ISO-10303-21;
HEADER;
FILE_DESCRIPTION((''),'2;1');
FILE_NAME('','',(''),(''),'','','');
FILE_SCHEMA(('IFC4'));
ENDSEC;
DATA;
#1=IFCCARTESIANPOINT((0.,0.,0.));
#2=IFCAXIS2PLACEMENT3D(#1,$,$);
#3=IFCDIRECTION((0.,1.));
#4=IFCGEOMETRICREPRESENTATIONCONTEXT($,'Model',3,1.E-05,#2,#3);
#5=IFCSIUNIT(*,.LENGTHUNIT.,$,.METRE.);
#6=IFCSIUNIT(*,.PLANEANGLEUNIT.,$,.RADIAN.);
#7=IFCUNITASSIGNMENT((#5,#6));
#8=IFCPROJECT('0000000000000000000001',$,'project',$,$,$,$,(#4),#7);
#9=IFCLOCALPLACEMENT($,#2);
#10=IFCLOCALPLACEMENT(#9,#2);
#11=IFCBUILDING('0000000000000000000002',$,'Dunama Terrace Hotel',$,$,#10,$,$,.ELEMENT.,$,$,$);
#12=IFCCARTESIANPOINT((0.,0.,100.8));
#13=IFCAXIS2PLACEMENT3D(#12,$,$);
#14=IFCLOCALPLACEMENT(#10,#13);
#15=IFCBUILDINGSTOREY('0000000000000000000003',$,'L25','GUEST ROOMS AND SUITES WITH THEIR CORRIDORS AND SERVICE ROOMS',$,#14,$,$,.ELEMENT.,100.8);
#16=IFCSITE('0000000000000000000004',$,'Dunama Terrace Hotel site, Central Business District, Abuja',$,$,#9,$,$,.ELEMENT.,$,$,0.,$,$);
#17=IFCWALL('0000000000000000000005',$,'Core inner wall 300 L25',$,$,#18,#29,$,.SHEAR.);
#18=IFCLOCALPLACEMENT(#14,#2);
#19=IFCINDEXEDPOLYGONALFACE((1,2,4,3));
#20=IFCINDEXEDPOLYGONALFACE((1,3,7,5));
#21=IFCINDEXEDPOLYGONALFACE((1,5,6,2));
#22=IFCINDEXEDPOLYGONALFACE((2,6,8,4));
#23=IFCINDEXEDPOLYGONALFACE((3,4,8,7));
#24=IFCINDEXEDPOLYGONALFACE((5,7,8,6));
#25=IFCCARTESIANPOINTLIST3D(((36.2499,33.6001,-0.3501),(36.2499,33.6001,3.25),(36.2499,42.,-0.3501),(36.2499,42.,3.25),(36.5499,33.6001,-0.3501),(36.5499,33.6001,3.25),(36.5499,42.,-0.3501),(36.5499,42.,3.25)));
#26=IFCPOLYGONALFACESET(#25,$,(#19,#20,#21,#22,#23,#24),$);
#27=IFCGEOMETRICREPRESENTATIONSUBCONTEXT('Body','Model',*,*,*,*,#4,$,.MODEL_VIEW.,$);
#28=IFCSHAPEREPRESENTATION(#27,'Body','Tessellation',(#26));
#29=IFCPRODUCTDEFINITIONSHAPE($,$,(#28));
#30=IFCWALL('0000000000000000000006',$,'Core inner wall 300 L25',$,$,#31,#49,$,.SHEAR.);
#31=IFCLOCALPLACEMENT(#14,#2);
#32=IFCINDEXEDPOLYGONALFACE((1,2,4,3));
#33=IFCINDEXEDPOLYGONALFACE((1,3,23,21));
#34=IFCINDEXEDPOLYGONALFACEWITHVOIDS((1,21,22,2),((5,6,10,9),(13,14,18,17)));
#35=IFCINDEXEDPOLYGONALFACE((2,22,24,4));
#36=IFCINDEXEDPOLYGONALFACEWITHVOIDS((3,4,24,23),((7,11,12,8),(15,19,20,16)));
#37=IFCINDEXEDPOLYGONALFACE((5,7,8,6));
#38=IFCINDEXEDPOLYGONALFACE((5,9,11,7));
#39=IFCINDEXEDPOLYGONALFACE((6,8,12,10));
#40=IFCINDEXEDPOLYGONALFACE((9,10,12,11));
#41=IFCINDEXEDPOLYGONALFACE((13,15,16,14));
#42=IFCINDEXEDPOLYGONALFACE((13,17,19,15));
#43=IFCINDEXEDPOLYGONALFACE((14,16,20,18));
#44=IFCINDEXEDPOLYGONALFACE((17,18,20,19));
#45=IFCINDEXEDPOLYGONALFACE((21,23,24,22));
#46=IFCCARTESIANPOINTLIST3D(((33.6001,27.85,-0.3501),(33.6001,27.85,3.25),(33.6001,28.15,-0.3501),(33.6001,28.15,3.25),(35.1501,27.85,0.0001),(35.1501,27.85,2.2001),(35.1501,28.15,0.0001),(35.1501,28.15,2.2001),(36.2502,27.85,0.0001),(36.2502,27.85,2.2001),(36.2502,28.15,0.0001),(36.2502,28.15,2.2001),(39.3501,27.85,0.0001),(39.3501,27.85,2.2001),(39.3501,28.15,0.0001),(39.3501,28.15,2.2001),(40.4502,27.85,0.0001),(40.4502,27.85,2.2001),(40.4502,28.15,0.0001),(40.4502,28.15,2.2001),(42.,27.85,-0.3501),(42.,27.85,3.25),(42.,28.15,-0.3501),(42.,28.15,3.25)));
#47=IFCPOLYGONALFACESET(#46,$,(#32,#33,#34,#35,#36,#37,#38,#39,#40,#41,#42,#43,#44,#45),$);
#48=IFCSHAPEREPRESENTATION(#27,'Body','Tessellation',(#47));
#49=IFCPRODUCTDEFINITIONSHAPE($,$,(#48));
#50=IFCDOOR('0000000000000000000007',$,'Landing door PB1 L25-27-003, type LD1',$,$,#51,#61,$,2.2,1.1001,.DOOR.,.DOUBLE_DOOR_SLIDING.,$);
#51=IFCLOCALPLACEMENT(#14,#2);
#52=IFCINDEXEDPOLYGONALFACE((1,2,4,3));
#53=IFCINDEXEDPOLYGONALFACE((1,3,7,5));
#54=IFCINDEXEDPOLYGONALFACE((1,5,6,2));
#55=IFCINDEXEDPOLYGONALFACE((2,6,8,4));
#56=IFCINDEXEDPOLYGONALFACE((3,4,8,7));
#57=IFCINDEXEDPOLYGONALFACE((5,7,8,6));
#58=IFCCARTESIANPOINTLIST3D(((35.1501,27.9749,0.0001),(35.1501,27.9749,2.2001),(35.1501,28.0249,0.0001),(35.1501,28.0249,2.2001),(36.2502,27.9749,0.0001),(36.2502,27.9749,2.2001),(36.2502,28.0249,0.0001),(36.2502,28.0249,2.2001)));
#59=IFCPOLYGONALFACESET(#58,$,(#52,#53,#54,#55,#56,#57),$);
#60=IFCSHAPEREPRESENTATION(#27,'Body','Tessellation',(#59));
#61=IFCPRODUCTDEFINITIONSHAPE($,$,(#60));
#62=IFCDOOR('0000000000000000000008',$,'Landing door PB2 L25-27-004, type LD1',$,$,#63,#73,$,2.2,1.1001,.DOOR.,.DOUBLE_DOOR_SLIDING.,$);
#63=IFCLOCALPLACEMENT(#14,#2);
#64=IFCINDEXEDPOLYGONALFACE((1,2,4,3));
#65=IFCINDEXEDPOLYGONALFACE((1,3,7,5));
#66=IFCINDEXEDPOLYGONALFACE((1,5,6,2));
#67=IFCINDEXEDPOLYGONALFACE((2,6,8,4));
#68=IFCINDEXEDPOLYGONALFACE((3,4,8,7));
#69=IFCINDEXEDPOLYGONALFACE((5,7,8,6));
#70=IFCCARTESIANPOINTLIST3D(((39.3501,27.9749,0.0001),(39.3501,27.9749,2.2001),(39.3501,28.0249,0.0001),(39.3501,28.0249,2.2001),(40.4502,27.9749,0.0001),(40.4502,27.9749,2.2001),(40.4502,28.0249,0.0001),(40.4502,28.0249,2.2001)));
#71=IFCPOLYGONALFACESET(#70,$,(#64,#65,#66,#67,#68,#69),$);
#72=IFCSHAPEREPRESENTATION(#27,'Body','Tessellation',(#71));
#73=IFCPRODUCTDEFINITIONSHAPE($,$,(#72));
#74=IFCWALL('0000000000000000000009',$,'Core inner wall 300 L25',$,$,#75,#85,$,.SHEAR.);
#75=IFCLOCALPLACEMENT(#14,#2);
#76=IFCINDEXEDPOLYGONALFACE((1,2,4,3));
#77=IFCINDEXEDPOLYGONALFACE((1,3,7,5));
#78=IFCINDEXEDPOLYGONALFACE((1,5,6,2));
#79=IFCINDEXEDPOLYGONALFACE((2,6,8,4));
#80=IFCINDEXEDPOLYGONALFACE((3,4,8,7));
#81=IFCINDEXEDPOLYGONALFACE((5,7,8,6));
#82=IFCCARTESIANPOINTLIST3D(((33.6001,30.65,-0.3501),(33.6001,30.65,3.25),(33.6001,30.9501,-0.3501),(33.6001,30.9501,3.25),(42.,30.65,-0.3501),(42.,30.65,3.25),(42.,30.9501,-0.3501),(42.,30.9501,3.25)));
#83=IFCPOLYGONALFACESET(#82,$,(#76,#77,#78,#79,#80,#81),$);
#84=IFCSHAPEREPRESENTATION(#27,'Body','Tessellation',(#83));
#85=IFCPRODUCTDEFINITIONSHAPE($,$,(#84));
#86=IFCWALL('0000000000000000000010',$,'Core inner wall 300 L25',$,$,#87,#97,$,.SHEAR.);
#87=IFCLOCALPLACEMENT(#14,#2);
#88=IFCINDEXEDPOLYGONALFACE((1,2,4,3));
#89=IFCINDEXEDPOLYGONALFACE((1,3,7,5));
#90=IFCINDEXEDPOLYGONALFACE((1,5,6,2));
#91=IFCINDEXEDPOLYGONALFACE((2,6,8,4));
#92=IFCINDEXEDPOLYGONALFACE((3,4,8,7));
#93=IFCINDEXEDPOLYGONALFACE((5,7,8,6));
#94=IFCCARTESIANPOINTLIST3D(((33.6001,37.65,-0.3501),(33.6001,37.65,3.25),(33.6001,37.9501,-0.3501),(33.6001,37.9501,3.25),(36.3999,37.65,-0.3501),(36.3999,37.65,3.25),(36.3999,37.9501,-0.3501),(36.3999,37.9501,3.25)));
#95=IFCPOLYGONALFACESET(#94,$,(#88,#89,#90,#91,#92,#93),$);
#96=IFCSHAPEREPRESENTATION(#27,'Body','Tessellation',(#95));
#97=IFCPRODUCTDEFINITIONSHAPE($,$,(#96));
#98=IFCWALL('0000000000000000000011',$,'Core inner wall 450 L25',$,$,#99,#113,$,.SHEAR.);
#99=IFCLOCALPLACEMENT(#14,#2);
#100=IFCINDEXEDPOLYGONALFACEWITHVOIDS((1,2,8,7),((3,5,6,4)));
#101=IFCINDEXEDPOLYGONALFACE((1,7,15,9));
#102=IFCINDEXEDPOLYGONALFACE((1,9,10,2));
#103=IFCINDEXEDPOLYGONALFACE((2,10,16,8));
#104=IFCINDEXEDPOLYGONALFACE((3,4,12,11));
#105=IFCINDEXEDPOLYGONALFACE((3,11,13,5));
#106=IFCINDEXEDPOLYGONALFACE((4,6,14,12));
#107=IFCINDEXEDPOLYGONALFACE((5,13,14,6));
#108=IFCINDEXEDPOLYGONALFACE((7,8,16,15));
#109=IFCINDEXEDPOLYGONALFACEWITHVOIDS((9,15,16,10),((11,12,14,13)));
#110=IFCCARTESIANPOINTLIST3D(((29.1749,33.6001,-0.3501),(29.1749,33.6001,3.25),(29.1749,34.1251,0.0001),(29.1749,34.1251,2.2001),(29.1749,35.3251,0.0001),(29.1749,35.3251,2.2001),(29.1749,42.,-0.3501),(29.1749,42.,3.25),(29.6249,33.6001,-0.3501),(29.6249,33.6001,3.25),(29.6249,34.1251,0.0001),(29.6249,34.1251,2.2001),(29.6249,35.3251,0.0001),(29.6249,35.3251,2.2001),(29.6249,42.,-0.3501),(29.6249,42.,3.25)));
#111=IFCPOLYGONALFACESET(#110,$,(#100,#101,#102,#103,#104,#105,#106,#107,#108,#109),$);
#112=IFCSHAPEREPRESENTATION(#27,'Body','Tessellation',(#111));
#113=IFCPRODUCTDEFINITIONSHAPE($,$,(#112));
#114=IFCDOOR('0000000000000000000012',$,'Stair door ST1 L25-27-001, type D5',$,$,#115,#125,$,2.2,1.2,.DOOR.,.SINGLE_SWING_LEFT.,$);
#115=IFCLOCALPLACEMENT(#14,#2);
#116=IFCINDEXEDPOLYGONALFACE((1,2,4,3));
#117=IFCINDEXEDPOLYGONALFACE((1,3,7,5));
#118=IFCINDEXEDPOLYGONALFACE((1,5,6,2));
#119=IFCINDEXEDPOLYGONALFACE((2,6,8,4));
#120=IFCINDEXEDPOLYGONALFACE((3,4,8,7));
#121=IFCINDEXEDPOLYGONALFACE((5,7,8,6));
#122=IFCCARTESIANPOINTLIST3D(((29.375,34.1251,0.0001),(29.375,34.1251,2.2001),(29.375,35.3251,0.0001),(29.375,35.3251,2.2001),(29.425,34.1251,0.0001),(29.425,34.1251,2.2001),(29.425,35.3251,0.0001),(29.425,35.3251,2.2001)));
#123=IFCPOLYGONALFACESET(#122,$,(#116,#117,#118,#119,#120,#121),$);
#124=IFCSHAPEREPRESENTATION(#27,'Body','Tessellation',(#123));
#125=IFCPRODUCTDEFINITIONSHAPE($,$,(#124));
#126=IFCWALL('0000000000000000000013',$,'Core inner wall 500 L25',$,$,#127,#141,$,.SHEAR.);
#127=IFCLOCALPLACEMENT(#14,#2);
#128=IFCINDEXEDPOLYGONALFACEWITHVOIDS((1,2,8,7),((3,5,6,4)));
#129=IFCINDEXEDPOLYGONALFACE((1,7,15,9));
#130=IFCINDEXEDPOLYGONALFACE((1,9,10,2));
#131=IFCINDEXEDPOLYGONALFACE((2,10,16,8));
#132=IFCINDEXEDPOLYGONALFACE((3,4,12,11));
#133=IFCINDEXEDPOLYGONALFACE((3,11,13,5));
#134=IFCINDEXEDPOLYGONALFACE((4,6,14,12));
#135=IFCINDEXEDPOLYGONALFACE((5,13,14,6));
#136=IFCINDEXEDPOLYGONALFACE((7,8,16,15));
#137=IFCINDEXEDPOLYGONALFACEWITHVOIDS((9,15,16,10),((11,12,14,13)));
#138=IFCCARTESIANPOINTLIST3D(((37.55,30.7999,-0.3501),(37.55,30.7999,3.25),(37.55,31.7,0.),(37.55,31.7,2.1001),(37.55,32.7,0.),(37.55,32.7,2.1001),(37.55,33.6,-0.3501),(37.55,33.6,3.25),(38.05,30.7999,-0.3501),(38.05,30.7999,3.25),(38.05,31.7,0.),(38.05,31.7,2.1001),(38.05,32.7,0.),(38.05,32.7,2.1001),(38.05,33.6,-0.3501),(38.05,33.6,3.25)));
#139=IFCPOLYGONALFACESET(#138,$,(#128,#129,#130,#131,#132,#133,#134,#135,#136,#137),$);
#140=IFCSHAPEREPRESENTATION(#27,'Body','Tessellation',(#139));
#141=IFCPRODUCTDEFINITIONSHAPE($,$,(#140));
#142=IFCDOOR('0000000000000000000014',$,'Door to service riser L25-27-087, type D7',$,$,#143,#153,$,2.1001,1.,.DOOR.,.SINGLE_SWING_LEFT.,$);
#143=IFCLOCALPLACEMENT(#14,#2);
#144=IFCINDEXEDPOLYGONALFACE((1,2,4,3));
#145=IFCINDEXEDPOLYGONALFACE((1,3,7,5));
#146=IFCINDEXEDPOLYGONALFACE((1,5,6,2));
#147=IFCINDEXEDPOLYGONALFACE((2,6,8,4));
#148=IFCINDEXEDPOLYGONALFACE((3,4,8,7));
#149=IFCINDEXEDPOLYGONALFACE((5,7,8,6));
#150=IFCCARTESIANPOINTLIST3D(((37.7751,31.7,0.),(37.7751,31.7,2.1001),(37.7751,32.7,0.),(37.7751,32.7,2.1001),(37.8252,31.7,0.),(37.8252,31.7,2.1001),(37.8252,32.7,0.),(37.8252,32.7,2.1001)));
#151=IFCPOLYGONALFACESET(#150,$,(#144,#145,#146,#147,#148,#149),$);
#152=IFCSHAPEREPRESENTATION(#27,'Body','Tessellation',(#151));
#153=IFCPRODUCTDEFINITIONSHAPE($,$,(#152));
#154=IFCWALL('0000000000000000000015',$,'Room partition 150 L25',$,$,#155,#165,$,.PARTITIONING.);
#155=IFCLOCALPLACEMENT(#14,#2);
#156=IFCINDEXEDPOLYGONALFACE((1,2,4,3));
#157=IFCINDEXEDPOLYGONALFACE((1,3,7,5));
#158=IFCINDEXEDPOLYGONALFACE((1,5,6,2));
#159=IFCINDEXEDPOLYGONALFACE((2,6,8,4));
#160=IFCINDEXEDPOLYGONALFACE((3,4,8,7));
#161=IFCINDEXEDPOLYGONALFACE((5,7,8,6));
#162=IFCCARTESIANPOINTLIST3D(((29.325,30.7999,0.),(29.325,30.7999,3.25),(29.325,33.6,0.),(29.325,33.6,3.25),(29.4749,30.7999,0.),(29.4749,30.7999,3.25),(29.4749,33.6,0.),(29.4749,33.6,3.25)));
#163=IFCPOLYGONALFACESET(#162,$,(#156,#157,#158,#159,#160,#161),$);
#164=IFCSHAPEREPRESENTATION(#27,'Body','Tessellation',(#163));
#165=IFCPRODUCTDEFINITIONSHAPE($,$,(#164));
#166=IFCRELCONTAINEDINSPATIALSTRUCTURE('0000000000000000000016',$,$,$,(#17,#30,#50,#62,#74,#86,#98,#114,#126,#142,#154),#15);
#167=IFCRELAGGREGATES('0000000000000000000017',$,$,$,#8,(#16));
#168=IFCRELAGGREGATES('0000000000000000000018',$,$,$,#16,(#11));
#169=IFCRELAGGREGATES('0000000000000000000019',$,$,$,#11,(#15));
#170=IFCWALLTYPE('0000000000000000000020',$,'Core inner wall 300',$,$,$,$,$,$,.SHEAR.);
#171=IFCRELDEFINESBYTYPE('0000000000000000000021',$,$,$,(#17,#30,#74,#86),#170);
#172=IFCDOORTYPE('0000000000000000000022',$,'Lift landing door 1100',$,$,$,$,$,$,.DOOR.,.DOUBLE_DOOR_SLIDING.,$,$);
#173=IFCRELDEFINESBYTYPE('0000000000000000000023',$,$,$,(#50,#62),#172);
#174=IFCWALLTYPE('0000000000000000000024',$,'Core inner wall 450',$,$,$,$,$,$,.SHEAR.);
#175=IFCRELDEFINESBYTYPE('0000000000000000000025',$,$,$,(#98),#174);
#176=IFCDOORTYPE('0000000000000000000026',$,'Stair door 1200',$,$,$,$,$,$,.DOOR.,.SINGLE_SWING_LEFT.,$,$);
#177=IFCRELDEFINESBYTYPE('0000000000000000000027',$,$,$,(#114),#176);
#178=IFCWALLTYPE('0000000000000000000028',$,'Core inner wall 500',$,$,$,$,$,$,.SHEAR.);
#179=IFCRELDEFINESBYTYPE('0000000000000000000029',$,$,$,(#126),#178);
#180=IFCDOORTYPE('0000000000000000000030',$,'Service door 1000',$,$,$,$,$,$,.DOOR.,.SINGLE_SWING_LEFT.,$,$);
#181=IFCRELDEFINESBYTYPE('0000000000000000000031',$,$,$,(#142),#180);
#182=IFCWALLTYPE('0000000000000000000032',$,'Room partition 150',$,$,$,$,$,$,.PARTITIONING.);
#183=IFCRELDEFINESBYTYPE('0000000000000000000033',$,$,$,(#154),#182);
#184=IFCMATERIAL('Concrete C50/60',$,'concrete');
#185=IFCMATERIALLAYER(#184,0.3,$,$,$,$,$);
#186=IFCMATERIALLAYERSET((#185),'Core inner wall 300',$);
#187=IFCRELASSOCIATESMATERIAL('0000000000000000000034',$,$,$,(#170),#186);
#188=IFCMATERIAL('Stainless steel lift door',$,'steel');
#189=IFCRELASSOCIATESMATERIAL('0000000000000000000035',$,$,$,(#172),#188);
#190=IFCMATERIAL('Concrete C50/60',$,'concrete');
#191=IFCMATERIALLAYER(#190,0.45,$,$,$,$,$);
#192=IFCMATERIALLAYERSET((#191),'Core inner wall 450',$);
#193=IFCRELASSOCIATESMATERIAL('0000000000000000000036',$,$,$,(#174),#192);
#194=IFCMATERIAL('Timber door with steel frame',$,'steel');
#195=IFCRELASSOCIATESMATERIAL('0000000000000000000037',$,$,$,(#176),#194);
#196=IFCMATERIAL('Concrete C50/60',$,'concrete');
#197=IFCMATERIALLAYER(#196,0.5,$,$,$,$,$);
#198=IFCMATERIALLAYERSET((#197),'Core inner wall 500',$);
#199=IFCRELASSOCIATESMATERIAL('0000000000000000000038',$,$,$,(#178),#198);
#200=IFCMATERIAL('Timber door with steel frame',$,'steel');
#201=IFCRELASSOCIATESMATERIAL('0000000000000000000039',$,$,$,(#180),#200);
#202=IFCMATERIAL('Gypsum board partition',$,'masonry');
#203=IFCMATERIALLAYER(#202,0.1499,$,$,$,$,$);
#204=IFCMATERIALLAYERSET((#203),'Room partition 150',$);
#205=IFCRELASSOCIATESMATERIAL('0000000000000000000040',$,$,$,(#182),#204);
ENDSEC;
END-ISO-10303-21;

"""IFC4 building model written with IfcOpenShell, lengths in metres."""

from ifc_helpers import new_model, si_unit, direction, frame, frame_2d, origin, place, context, subcontext, project, spatial, rectangle, extrude, material, layer, layer_set, type_object, element, fill, save


model = new_model("IFC4")

# Units and contexts
model_context = context("Model", 3, precision=1e-05, world=origin(), true_north=direction((0.0, 1.0)))
body_context = subcontext(model_context, "Body", "Model", "MODEL_VIEW")
ifc_project = project(units=[si_unit("LENGTHUNIT", "METRE"), si_unit("PLANEANGLEUNIT", "RADIAN")], contexts=[model_context])

# Site, building, storey
site_placement = place(None, origin())
site = spatial("IfcSite", under=ifc_project, at=site_placement, Name="Dunama Terrace Hotel site, Central Business District, Abuja", CompositionType="ELEMENT", RefElevation=0.0)
building_placement = place(site_placement, origin())
building = spatial("IfcBuilding", under=site, at=building_placement, Name="Dunama Terrace Hotel", CompositionType="ELEMENT")
storey_placement = place(building_placement, frame((0.0, 0.0, 100.8)))
storey = spatial("IfcBuildingStorey", under=building, at=storey_placement, Name="L25", Description="GUEST ROOMS AND SUITES WITH THEIR CORRIDORS AND SERVICE ROOMS", CompositionType="ELEMENT", Elevation=100.8)

# Wall
ifc_material_1 = material(Name="Concrete C50/60", Category="concrete")
ifc_layer_1 = layer(ifc_material_1, 0.3)
ifc_layer_set_1 = layer_set([ifc_layer_1], Name="Core inner wall 300")
wall_type_1 = type_object("IfcWallType", Name="Core inner wall 300", PredefinedType="SHEAR", material=ifc_layer_set_1)
wall_1_placement = place(storey_placement, frame((36.3999, 33.6001, -0.3501), z_axis=(0.0, 0.0, 1.0), x_axis=(0.0, 1.0, 0.0)))
element("IfcWall", 1, at=wall_1_placement, inside=storey, type_object=wall_type_1, Name="Core inner wall 300 L25", PredefinedType="SHEAR", context=body_context, shape_type="SweptSolid", body=[
    extrude(rectangle(XDim=8.3999, YDim=0.3, at=frame_2d((4.2, 0.0))), origin(), (0.0, 0.0, 1.0), 3.6001),
])

# Wall, openings, doors
wall_2_placement = place(storey_placement, frame((33.6001, 28.0, -0.3501), z_axis=(0.0, 0.0, 1.0), x_axis=(1.0, 0.0, 0.0)))
wall_2 = element("IfcWall", 2, at=wall_2_placement, inside=storey, type_object=wall_type_1, Name="Core inner wall 300 L25", PredefinedType="SHEAR", context=body_context, shape_type="SweptSolid", body=[
    extrude(rectangle(XDim=8.3999, YDim=0.3, at=frame_2d((4.2, 0.0))), origin(), (0.0, 0.0, 1.0), 3.6001),
])
opening_1_placement = place(wall_2_placement, frame((1.55, 0.0, 0.3501)))
opening_1 = element("IfcOpeningElement", 3, at=opening_1_placement, cuts=wall_2, PredefinedType="OPENING", context=body_context, shape_type="SweptSolid", body=[
    extrude(rectangle(XDim=1.1001, YDim=2.2, at=frame_2d((0.55, 1.1001))), frame((0.0, 0.1599, 0.0), z_axis=(0.0, -1.0, 0.0), x_axis=(1.0, 0.0, 0.0)), (0.0, 0.0, 1.0), 0.3201),
])
opening_2_placement = place(wall_2_placement, frame((5.75, 0.0, 0.3501)))
opening_2 = element("IfcOpeningElement", 4, at=opening_2_placement, cuts=wall_2, PredefinedType="OPENING", context=body_context, shape_type="SweptSolid", body=[
    extrude(rectangle(XDim=1.1001, YDim=2.2, at=frame_2d((0.55, 1.1001))), frame((0.0, 0.1599, 0.0), z_axis=(0.0, -1.0, 0.0), x_axis=(1.0, 0.0, 0.0)), (0.0, 0.0, 1.0), 0.3201),
])
ifc_material_2 = material(Name="Stainless steel lift door", Category="steel")
door_type_1 = type_object("IfcDoorType", Name="Lift landing door 1100", OperationType="DOUBLE_DOOR_SLIDING", PredefinedType="DOOR", material=ifc_material_2)
door_1_placement = place(opening_1_placement, origin())
door_1 = element("IfcDoor", 5, at=door_1_placement, inside=storey, type_object=door_type_1, Name="Landing door PB1 L25-27-003, type LD1", OperationType="DOUBLE_DOOR_SLIDING", OverallHeight=2.2, OverallWidth=1.1001, PredefinedType="DOOR", context=body_context, shape_type="SweptSolid", body=[
    extrude(rectangle(XDim=1.1001, YDim=2.2, at=frame_2d((0.55, 1.1001))), frame((0.0, 0.0249, 0.0), z_axis=(0.0, -1.0, 0.0), x_axis=(1.0, 0.0, 0.0)), (0.0, 0.0, 1.0), 0.05),
])
fill(opening_1, door_1)
door_2_placement = place(opening_2_placement, origin())
door_2 = element("IfcDoor", 6, at=door_2_placement, inside=storey, type_object=door_type_1, Name="Landing door PB2 L25-27-004, type LD1", OperationType="DOUBLE_DOOR_SLIDING", OverallHeight=2.2, OverallWidth=1.1001, PredefinedType="DOOR", context=body_context, shape_type="SweptSolid", body=[
    extrude(rectangle(XDim=1.1001, YDim=2.2, at=frame_2d((0.55, 1.1001))), frame((0.0, 0.0249, 0.0), z_axis=(0.0, -1.0, 0.0), x_axis=(1.0, 0.0, 0.0)), (0.0, 0.0, 1.0), 0.05),
])
fill(opening_2, door_2)

# Walls
wall_3_placement = place(storey_placement, frame((33.6001, 30.8, -0.3501), z_axis=(0.0, 0.0, 1.0), x_axis=(1.0, 0.0, 0.0)))
element("IfcWall", 7, at=wall_3_placement, inside=storey, type_object=wall_type_1, Name="Core inner wall 300 L25", PredefinedType="SHEAR", context=body_context, shape_type="SweptSolid", body=[
    extrude(rectangle(XDim=8.3999, YDim=0.3, at=frame_2d((4.2, 0.0))), origin(), (0.0, 0.0, 1.0), 3.6001),
])
wall_4_placement = place(storey_placement, frame((33.6001, 37.8, -0.3501), z_axis=(0.0, 0.0, 1.0), x_axis=(1.0, 0.0, 0.0)))
element("IfcWall", 8, at=wall_4_placement, inside=storey, type_object=wall_type_1, Name="Core inner wall 300 L25", PredefinedType="SHEAR", context=body_context, shape_type="SweptSolid", body=[
    extrude(rectangle(XDim=2.7998, YDim=0.3, at=frame_2d((1.3999, 0.0))), origin(), (0.0, 0.0, 1.0), 3.6001),
])

# Walls, openings, doors
ifc_material_3 = material(Name="Concrete C50/60", Category="concrete")
ifc_layer_2 = layer(ifc_material_3, 0.45)
ifc_layer_set_2 = layer_set([ifc_layer_2], Name="Core inner wall 450")
wall_type_2 = type_object("IfcWallType", Name="Core inner wall 450", PredefinedType="SHEAR", material=ifc_layer_set_2)
wall_5_placement = place(storey_placement, frame((29.3999, 33.6001, -0.3501), z_axis=(0.0, 0.0, 1.0), x_axis=(0.0, 1.0, 0.0)))
wall_5 = element("IfcWall", 9, at=wall_5_placement, inside=storey, type_object=wall_type_2, Name="Core inner wall 450 L25", PredefinedType="SHEAR", context=body_context, shape_type="SweptSolid", body=[
    extrude(rectangle(XDim=8.3999, YDim=0.45, at=frame_2d((4.2, 0.0))), origin(), (0.0, 0.0, 1.0), 3.6001),
])
opening_3_placement = place(wall_5_placement, frame((0.5249, 0.0, 0.3501)))
opening_3 = element("IfcOpeningElement", 10, at=opening_3_placement, cuts=wall_5, PredefinedType="OPENING", context=body_context, shape_type="SweptSolid", body=[
    extrude(rectangle(XDim=1.2, YDim=2.2, at=frame_2d((0.6001, 1.1001))), frame((0.0, 0.2349, 0.0), z_axis=(0.0, -1.0, 0.0), x_axis=(1.0, 0.0, 0.0)), (0.0, 0.0, 1.0), 0.47),
])
ifc_material_4 = material(Name="Timber door with steel frame", Category="steel")
door_type_2 = type_object("IfcDoorType", Name="Stair door 1200", OperationType="SINGLE_SWING_LEFT", PredefinedType="DOOR", material=ifc_material_4)
door_3_placement = place(opening_3_placement, origin())
door_3 = element("IfcDoor", 11, at=door_3_placement, inside=storey, type_object=door_type_2, Name="Stair door ST1 L25-27-001, type D5", OperationType="SINGLE_SWING_LEFT", OverallHeight=2.2, OverallWidth=1.2, PredefinedType="DOOR", context=body_context, shape_type="SweptSolid", body=[
    extrude(rectangle(XDim=1.2, YDim=2.2, at=frame_2d((0.6001, 1.1001))), frame((0.0, 0.0249, 0.0), z_axis=(0.0, -1.0, 0.0), x_axis=(1.0, 0.0, 0.0)), (0.0, 0.0, 1.0), 0.05),
])
fill(opening_3, door_3)
ifc_material_5 = material(Name="Concrete C50/60", Category="concrete")
ifc_layer_3 = layer(ifc_material_5, 0.5)
ifc_layer_set_3 = layer_set([ifc_layer_3], Name="Core inner wall 500")
wall_type_3 = type_object("IfcWallType", Name="Core inner wall 500", PredefinedType="SHEAR", material=ifc_layer_set_3)
wall_6_placement = place(storey_placement, frame((37.8, 30.8, -0.3501), z_axis=(0.0, 0.0, 1.0), x_axis=(0.0, 1.0, 0.0)))
wall_6 = element("IfcWall", 12, at=wall_6_placement, inside=storey, type_object=wall_type_3, Name="Core inner wall 500 L25", PredefinedType="SHEAR", context=body_context, shape_type="SweptSolid", body=[
    extrude(rectangle(XDim=2.8, YDim=0.5, at=frame_2d((1.3999, 0.0))), origin(), (0.0, 0.0, 1.0), 3.6001),
])
opening_4_placement = place(wall_6_placement, frame((0.8999, 0.0, 0.3501)))
opening_4 = element("IfcOpeningElement", 13, at=opening_4_placement, cuts=wall_6, PredefinedType="OPENING", context=body_context, shape_type="SweptSolid", body=[
    extrude(rectangle(XDim=1.0, YDim=2.1001, at=frame_2d((0.5, 1.05))), frame((0.0, 0.26, 0.0), z_axis=(0.0, -1.0, 0.0), x_axis=(1.0, 0.0, 0.0)), (0.0, 0.0, 1.0), 0.52),
])
ifc_material_6 = material(Name="Timber door with steel frame", Category="steel")
door_type_3 = type_object("IfcDoorType", Name="Service door 1000", OperationType="SINGLE_SWING_LEFT", PredefinedType="DOOR", material=ifc_material_6)
door_4_placement = place(opening_4_placement, frame((1.0, 0.0, 0.0), z_axis=(0.0, 0.0, 1.0), x_axis=(-1.0, 0.0, 0.0)))
door_4 = element("IfcDoor", 14, at=door_4_placement, inside=storey, type_object=door_type_3, Name="Door to service riser L25-27-087, type D7", OperationType="SINGLE_SWING_LEFT", OverallHeight=2.1001, OverallWidth=1.0, PredefinedType="DOOR", context=body_context, shape_type="SweptSolid", body=[
    extrude(rectangle(XDim=1.0, YDim=2.1001, at=frame_2d((0.5, 1.05))), frame((0.0, 0.0251, 0.0), z_axis=(0.0, -1.0, 0.0), x_axis=(1.0, 0.0, 0.0)), (0.0, 0.0, 1.0), 0.05),
])
fill(opening_4, door_4)

# Wall
ifc_material_7 = material(Name="Gypsum board partition", Category="masonry")
ifc_layer_4 = layer(ifc_material_7, 0.1499)
ifc_layer_set_4 = layer_set([ifc_layer_4], Name="Room partition 150")
wall_type_4 = type_object("IfcWallType", Name="Room partition 150", PredefinedType="PARTITIONING", material=ifc_layer_set_4)
wall_7_placement = place(storey_placement, frame((29.3999, 30.8, 0.0), z_axis=(0.0, 0.0, 1.0), x_axis=(0.0, 1.0, 0.0)))
element("IfcWall", 15, at=wall_7_placement, inside=storey, type_object=wall_type_4, Name="Room partition 150 L25", PredefinedType="PARTITIONING", context=body_context, shape_type="SweptSolid", body=[
    extrude(rectangle(XDim=2.8, YDim=0.1499, at=frame_2d((1.3999, 0.0))), origin(), (0.0, 0.0, 1.0), 3.25),
])

save(model, "model.ifc")
